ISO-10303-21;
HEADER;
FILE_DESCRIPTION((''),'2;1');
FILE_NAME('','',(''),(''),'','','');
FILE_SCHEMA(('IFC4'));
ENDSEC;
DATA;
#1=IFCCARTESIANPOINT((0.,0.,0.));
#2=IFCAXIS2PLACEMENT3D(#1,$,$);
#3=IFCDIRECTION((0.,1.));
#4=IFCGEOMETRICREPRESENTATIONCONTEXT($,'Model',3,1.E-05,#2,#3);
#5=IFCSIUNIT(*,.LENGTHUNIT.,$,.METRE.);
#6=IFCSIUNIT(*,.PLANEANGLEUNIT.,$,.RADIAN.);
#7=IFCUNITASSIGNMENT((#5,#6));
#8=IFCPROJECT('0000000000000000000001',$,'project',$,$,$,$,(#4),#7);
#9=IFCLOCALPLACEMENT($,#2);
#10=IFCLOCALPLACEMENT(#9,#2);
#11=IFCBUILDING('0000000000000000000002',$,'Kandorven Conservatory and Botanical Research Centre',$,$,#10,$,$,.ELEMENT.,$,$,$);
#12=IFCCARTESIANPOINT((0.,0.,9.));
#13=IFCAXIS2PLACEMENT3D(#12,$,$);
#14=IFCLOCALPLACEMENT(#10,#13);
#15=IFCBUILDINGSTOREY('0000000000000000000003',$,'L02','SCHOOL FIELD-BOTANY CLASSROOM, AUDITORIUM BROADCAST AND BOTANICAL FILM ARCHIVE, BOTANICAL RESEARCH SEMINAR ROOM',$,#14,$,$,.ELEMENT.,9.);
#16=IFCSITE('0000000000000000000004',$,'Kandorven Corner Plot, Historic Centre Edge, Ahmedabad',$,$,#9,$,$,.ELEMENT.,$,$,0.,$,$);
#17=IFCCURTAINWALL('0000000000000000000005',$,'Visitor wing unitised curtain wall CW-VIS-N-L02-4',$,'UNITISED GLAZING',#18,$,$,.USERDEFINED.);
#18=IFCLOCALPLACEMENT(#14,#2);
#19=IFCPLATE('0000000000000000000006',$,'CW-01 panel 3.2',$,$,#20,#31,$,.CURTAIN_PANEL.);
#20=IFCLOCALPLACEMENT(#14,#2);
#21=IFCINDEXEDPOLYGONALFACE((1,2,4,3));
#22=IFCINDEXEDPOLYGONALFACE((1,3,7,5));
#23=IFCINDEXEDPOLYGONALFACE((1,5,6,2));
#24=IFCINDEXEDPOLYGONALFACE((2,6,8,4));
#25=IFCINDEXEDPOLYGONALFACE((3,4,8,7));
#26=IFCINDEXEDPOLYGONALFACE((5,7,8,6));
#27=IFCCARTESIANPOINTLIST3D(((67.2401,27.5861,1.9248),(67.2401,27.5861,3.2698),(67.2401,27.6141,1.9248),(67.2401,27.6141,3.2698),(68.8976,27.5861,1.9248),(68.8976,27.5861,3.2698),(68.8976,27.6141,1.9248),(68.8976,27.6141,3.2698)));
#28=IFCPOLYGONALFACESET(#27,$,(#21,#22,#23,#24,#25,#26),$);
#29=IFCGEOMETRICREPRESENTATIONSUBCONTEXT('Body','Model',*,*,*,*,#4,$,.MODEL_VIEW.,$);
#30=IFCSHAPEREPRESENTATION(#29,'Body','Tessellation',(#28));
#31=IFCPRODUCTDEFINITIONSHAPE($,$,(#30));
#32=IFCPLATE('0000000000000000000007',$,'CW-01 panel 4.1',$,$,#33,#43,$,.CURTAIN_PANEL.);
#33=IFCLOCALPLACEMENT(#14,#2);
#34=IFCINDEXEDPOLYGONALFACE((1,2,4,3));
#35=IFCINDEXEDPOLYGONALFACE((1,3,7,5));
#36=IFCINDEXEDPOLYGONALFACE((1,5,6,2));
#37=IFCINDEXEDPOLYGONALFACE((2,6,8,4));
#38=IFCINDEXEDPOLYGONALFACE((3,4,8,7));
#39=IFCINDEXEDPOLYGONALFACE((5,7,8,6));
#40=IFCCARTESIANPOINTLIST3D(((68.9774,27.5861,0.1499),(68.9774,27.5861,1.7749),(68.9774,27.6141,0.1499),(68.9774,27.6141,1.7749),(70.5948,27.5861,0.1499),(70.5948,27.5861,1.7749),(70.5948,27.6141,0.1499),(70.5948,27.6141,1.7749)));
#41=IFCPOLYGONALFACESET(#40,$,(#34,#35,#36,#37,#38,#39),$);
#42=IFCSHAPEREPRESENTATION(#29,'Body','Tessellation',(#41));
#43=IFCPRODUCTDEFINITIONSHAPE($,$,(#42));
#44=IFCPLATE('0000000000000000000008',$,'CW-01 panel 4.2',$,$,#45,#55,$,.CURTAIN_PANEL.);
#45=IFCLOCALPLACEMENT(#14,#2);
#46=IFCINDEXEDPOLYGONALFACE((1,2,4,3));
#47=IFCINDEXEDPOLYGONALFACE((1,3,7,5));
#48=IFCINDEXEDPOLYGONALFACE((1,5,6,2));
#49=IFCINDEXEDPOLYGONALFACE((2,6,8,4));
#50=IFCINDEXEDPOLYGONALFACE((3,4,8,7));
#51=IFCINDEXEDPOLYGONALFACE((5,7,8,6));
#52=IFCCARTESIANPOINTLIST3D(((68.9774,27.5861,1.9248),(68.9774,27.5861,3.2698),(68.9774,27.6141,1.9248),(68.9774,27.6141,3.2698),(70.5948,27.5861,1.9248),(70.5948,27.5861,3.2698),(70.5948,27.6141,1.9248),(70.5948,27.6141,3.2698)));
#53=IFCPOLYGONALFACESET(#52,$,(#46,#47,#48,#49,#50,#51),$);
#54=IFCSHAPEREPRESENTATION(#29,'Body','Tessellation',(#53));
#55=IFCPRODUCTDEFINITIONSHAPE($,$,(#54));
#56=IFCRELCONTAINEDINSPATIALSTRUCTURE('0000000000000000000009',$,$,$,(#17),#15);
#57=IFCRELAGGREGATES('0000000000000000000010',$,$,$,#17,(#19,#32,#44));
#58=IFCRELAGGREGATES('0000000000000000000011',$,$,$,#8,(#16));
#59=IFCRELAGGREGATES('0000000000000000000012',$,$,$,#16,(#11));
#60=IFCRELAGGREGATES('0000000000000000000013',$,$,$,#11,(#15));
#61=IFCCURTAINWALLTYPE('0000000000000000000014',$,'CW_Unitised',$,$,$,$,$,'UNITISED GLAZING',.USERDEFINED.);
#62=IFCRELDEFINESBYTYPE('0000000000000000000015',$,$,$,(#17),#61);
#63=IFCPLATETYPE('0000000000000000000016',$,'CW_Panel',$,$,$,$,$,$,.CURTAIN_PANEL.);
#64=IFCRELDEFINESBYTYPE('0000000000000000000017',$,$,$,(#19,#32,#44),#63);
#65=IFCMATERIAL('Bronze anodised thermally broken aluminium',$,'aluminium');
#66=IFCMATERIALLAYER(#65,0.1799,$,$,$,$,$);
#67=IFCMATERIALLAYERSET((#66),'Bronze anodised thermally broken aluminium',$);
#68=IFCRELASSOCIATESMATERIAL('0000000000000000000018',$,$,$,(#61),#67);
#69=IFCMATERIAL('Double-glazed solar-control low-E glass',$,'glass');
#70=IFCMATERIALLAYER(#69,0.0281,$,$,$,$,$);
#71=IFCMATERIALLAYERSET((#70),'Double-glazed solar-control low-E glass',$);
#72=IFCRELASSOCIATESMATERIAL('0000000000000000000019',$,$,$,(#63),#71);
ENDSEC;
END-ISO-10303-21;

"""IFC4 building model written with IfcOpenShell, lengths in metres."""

from ifc_helpers import new_model, si_unit, direction, frame, origin, origin_2d, place, context, subcontext, project, spatial, rectangle, extrude, material, layer, layer_set, type_object, element, aggregate, save


model = new_model("IFC4")

# Units and contexts
model_context = context("Model", 3, precision=1e-05, world=origin(), true_north=direction((0.0, 1.0)))
body_context = subcontext(model_context, "Body", "Model", "MODEL_VIEW")
ifc_project = project(units=[si_unit("LENGTHUNIT", "METRE"), si_unit("PLANEANGLEUNIT", "RADIAN")], contexts=[model_context])

# Site, building, storey
site_placement = place(None, origin())
site = spatial("IfcSite", under=ifc_project, at=site_placement, Name="Kandorven Corner Plot, Historic Centre Edge, Ahmedabad", CompositionType="ELEMENT", RefElevation=0.0)
building_placement = place(site_placement, origin())
building = spatial("IfcBuilding", under=site, at=building_placement, Name="Kandorven Conservatory and Botanical Research Centre", CompositionType="ELEMENT")
storey_placement = place(building_placement, frame((0.0, 0.0, 9.0)))
storey = spatial("IfcBuildingStorey", under=building, at=storey_placement, Name="L02", Description="SCHOOL FIELD-BOTANY CLASSROOM, AUDITORIUM BROADCAST AND BOTANICAL FILM ARCHIVE, BOTANICAL RESEARCH SEMINAR ROOM", CompositionType="ELEMENT", Elevation=9.0)

# Curtain wall, plates
ifc_material_1 = material(Name="Bronze anodised thermally broken aluminium", Category="aluminium")
ifc_layer_1 = layer(ifc_material_1, 0.1799)
ifc_layer_set_1 = layer_set([ifc_layer_1], Name="Bronze anodised thermally broken aluminium")
curtain_wall_type = type_object("IfcCurtainWallType", Name="CW_Unitised", ElementType="UNITISED GLAZING", PredefinedType="USERDEFINED", material=ifc_layer_set_1)
curtain_wall_placement = place(storey_placement, origin())
curtain_wall = element("IfcCurtainWall", 1, at=curtain_wall_placement, inside=storey, type_object=curtain_wall_type, Name="Visitor wing unitised curtain wall CW-VIS-N-L02-4", ObjectType="UNITISED GLAZING", PredefinedType="USERDEFINED")
ifc_material_2 = material(Name="Double-glazed solar-control low-E glass", Category="glass")
ifc_layer_2 = layer(ifc_material_2, 0.0281)
ifc_layer_set_2 = layer_set([ifc_layer_2], Name="Double-glazed solar-control low-E glass")
plate_type = type_object("IfcPlateType", Name="CW_Panel", PredefinedType="CURTAIN_PANEL", material=ifc_layer_set_2)
plate_1_placement = place(storey_placement, frame((68.0688, 27.6001, 1.9248), z_axis=(0.0, 0.0, 1.0), x_axis=(1.0, 0.0, 0.0)))
plate_1 = element("IfcPlate", 2, at=plate_1_placement, type_object=plate_type, Name="CW-01 panel 3.2", PredefinedType="CURTAIN_PANEL", context=body_context, shape_type="SweptSolid", body=[
    extrude(rectangle(XDim=1.6575, YDim=0.0281, at=origin_2d()), origin(), (0.0, 0.0, 1.0), 1.345),
])
plate_2_placement = place(storey_placement, frame((69.7861, 27.6001, 0.1499), z_axis=(0.0, 0.0, 1.0), x_axis=(1.0, 0.0, 0.0)))
plate_2 = element("IfcPlate", 3, at=plate_2_placement, type_object=plate_type, Name="CW-01 panel 4.1", PredefinedType="CURTAIN_PANEL", context=body_context, shape_type="SweptSolid", body=[
    extrude(rectangle(XDim=1.6174, YDim=0.0281, at=origin_2d()), origin(), (0.0, 0.0, 1.0), 1.625),
])
plate_3_placement = place(storey_placement, frame((69.7861, 27.6001, 1.9248), z_axis=(0.0, 0.0, 1.0), x_axis=(1.0, 0.0, 0.0)))
plate_3 = element("IfcPlate", 4, at=plate_3_placement, type_object=plate_type, Name="CW-01 panel 4.2", PredefinedType="CURTAIN_PANEL", context=body_context, shape_type="SweptSolid", body=[
    extrude(rectangle(XDim=1.6174, YDim=0.0281, at=origin_2d()), origin(), (0.0, 0.0, 1.0), 1.345),
])
aggregate(curtain_wall, [plate_1, plate_2, plate_3])

save(model, "model.ifc")
